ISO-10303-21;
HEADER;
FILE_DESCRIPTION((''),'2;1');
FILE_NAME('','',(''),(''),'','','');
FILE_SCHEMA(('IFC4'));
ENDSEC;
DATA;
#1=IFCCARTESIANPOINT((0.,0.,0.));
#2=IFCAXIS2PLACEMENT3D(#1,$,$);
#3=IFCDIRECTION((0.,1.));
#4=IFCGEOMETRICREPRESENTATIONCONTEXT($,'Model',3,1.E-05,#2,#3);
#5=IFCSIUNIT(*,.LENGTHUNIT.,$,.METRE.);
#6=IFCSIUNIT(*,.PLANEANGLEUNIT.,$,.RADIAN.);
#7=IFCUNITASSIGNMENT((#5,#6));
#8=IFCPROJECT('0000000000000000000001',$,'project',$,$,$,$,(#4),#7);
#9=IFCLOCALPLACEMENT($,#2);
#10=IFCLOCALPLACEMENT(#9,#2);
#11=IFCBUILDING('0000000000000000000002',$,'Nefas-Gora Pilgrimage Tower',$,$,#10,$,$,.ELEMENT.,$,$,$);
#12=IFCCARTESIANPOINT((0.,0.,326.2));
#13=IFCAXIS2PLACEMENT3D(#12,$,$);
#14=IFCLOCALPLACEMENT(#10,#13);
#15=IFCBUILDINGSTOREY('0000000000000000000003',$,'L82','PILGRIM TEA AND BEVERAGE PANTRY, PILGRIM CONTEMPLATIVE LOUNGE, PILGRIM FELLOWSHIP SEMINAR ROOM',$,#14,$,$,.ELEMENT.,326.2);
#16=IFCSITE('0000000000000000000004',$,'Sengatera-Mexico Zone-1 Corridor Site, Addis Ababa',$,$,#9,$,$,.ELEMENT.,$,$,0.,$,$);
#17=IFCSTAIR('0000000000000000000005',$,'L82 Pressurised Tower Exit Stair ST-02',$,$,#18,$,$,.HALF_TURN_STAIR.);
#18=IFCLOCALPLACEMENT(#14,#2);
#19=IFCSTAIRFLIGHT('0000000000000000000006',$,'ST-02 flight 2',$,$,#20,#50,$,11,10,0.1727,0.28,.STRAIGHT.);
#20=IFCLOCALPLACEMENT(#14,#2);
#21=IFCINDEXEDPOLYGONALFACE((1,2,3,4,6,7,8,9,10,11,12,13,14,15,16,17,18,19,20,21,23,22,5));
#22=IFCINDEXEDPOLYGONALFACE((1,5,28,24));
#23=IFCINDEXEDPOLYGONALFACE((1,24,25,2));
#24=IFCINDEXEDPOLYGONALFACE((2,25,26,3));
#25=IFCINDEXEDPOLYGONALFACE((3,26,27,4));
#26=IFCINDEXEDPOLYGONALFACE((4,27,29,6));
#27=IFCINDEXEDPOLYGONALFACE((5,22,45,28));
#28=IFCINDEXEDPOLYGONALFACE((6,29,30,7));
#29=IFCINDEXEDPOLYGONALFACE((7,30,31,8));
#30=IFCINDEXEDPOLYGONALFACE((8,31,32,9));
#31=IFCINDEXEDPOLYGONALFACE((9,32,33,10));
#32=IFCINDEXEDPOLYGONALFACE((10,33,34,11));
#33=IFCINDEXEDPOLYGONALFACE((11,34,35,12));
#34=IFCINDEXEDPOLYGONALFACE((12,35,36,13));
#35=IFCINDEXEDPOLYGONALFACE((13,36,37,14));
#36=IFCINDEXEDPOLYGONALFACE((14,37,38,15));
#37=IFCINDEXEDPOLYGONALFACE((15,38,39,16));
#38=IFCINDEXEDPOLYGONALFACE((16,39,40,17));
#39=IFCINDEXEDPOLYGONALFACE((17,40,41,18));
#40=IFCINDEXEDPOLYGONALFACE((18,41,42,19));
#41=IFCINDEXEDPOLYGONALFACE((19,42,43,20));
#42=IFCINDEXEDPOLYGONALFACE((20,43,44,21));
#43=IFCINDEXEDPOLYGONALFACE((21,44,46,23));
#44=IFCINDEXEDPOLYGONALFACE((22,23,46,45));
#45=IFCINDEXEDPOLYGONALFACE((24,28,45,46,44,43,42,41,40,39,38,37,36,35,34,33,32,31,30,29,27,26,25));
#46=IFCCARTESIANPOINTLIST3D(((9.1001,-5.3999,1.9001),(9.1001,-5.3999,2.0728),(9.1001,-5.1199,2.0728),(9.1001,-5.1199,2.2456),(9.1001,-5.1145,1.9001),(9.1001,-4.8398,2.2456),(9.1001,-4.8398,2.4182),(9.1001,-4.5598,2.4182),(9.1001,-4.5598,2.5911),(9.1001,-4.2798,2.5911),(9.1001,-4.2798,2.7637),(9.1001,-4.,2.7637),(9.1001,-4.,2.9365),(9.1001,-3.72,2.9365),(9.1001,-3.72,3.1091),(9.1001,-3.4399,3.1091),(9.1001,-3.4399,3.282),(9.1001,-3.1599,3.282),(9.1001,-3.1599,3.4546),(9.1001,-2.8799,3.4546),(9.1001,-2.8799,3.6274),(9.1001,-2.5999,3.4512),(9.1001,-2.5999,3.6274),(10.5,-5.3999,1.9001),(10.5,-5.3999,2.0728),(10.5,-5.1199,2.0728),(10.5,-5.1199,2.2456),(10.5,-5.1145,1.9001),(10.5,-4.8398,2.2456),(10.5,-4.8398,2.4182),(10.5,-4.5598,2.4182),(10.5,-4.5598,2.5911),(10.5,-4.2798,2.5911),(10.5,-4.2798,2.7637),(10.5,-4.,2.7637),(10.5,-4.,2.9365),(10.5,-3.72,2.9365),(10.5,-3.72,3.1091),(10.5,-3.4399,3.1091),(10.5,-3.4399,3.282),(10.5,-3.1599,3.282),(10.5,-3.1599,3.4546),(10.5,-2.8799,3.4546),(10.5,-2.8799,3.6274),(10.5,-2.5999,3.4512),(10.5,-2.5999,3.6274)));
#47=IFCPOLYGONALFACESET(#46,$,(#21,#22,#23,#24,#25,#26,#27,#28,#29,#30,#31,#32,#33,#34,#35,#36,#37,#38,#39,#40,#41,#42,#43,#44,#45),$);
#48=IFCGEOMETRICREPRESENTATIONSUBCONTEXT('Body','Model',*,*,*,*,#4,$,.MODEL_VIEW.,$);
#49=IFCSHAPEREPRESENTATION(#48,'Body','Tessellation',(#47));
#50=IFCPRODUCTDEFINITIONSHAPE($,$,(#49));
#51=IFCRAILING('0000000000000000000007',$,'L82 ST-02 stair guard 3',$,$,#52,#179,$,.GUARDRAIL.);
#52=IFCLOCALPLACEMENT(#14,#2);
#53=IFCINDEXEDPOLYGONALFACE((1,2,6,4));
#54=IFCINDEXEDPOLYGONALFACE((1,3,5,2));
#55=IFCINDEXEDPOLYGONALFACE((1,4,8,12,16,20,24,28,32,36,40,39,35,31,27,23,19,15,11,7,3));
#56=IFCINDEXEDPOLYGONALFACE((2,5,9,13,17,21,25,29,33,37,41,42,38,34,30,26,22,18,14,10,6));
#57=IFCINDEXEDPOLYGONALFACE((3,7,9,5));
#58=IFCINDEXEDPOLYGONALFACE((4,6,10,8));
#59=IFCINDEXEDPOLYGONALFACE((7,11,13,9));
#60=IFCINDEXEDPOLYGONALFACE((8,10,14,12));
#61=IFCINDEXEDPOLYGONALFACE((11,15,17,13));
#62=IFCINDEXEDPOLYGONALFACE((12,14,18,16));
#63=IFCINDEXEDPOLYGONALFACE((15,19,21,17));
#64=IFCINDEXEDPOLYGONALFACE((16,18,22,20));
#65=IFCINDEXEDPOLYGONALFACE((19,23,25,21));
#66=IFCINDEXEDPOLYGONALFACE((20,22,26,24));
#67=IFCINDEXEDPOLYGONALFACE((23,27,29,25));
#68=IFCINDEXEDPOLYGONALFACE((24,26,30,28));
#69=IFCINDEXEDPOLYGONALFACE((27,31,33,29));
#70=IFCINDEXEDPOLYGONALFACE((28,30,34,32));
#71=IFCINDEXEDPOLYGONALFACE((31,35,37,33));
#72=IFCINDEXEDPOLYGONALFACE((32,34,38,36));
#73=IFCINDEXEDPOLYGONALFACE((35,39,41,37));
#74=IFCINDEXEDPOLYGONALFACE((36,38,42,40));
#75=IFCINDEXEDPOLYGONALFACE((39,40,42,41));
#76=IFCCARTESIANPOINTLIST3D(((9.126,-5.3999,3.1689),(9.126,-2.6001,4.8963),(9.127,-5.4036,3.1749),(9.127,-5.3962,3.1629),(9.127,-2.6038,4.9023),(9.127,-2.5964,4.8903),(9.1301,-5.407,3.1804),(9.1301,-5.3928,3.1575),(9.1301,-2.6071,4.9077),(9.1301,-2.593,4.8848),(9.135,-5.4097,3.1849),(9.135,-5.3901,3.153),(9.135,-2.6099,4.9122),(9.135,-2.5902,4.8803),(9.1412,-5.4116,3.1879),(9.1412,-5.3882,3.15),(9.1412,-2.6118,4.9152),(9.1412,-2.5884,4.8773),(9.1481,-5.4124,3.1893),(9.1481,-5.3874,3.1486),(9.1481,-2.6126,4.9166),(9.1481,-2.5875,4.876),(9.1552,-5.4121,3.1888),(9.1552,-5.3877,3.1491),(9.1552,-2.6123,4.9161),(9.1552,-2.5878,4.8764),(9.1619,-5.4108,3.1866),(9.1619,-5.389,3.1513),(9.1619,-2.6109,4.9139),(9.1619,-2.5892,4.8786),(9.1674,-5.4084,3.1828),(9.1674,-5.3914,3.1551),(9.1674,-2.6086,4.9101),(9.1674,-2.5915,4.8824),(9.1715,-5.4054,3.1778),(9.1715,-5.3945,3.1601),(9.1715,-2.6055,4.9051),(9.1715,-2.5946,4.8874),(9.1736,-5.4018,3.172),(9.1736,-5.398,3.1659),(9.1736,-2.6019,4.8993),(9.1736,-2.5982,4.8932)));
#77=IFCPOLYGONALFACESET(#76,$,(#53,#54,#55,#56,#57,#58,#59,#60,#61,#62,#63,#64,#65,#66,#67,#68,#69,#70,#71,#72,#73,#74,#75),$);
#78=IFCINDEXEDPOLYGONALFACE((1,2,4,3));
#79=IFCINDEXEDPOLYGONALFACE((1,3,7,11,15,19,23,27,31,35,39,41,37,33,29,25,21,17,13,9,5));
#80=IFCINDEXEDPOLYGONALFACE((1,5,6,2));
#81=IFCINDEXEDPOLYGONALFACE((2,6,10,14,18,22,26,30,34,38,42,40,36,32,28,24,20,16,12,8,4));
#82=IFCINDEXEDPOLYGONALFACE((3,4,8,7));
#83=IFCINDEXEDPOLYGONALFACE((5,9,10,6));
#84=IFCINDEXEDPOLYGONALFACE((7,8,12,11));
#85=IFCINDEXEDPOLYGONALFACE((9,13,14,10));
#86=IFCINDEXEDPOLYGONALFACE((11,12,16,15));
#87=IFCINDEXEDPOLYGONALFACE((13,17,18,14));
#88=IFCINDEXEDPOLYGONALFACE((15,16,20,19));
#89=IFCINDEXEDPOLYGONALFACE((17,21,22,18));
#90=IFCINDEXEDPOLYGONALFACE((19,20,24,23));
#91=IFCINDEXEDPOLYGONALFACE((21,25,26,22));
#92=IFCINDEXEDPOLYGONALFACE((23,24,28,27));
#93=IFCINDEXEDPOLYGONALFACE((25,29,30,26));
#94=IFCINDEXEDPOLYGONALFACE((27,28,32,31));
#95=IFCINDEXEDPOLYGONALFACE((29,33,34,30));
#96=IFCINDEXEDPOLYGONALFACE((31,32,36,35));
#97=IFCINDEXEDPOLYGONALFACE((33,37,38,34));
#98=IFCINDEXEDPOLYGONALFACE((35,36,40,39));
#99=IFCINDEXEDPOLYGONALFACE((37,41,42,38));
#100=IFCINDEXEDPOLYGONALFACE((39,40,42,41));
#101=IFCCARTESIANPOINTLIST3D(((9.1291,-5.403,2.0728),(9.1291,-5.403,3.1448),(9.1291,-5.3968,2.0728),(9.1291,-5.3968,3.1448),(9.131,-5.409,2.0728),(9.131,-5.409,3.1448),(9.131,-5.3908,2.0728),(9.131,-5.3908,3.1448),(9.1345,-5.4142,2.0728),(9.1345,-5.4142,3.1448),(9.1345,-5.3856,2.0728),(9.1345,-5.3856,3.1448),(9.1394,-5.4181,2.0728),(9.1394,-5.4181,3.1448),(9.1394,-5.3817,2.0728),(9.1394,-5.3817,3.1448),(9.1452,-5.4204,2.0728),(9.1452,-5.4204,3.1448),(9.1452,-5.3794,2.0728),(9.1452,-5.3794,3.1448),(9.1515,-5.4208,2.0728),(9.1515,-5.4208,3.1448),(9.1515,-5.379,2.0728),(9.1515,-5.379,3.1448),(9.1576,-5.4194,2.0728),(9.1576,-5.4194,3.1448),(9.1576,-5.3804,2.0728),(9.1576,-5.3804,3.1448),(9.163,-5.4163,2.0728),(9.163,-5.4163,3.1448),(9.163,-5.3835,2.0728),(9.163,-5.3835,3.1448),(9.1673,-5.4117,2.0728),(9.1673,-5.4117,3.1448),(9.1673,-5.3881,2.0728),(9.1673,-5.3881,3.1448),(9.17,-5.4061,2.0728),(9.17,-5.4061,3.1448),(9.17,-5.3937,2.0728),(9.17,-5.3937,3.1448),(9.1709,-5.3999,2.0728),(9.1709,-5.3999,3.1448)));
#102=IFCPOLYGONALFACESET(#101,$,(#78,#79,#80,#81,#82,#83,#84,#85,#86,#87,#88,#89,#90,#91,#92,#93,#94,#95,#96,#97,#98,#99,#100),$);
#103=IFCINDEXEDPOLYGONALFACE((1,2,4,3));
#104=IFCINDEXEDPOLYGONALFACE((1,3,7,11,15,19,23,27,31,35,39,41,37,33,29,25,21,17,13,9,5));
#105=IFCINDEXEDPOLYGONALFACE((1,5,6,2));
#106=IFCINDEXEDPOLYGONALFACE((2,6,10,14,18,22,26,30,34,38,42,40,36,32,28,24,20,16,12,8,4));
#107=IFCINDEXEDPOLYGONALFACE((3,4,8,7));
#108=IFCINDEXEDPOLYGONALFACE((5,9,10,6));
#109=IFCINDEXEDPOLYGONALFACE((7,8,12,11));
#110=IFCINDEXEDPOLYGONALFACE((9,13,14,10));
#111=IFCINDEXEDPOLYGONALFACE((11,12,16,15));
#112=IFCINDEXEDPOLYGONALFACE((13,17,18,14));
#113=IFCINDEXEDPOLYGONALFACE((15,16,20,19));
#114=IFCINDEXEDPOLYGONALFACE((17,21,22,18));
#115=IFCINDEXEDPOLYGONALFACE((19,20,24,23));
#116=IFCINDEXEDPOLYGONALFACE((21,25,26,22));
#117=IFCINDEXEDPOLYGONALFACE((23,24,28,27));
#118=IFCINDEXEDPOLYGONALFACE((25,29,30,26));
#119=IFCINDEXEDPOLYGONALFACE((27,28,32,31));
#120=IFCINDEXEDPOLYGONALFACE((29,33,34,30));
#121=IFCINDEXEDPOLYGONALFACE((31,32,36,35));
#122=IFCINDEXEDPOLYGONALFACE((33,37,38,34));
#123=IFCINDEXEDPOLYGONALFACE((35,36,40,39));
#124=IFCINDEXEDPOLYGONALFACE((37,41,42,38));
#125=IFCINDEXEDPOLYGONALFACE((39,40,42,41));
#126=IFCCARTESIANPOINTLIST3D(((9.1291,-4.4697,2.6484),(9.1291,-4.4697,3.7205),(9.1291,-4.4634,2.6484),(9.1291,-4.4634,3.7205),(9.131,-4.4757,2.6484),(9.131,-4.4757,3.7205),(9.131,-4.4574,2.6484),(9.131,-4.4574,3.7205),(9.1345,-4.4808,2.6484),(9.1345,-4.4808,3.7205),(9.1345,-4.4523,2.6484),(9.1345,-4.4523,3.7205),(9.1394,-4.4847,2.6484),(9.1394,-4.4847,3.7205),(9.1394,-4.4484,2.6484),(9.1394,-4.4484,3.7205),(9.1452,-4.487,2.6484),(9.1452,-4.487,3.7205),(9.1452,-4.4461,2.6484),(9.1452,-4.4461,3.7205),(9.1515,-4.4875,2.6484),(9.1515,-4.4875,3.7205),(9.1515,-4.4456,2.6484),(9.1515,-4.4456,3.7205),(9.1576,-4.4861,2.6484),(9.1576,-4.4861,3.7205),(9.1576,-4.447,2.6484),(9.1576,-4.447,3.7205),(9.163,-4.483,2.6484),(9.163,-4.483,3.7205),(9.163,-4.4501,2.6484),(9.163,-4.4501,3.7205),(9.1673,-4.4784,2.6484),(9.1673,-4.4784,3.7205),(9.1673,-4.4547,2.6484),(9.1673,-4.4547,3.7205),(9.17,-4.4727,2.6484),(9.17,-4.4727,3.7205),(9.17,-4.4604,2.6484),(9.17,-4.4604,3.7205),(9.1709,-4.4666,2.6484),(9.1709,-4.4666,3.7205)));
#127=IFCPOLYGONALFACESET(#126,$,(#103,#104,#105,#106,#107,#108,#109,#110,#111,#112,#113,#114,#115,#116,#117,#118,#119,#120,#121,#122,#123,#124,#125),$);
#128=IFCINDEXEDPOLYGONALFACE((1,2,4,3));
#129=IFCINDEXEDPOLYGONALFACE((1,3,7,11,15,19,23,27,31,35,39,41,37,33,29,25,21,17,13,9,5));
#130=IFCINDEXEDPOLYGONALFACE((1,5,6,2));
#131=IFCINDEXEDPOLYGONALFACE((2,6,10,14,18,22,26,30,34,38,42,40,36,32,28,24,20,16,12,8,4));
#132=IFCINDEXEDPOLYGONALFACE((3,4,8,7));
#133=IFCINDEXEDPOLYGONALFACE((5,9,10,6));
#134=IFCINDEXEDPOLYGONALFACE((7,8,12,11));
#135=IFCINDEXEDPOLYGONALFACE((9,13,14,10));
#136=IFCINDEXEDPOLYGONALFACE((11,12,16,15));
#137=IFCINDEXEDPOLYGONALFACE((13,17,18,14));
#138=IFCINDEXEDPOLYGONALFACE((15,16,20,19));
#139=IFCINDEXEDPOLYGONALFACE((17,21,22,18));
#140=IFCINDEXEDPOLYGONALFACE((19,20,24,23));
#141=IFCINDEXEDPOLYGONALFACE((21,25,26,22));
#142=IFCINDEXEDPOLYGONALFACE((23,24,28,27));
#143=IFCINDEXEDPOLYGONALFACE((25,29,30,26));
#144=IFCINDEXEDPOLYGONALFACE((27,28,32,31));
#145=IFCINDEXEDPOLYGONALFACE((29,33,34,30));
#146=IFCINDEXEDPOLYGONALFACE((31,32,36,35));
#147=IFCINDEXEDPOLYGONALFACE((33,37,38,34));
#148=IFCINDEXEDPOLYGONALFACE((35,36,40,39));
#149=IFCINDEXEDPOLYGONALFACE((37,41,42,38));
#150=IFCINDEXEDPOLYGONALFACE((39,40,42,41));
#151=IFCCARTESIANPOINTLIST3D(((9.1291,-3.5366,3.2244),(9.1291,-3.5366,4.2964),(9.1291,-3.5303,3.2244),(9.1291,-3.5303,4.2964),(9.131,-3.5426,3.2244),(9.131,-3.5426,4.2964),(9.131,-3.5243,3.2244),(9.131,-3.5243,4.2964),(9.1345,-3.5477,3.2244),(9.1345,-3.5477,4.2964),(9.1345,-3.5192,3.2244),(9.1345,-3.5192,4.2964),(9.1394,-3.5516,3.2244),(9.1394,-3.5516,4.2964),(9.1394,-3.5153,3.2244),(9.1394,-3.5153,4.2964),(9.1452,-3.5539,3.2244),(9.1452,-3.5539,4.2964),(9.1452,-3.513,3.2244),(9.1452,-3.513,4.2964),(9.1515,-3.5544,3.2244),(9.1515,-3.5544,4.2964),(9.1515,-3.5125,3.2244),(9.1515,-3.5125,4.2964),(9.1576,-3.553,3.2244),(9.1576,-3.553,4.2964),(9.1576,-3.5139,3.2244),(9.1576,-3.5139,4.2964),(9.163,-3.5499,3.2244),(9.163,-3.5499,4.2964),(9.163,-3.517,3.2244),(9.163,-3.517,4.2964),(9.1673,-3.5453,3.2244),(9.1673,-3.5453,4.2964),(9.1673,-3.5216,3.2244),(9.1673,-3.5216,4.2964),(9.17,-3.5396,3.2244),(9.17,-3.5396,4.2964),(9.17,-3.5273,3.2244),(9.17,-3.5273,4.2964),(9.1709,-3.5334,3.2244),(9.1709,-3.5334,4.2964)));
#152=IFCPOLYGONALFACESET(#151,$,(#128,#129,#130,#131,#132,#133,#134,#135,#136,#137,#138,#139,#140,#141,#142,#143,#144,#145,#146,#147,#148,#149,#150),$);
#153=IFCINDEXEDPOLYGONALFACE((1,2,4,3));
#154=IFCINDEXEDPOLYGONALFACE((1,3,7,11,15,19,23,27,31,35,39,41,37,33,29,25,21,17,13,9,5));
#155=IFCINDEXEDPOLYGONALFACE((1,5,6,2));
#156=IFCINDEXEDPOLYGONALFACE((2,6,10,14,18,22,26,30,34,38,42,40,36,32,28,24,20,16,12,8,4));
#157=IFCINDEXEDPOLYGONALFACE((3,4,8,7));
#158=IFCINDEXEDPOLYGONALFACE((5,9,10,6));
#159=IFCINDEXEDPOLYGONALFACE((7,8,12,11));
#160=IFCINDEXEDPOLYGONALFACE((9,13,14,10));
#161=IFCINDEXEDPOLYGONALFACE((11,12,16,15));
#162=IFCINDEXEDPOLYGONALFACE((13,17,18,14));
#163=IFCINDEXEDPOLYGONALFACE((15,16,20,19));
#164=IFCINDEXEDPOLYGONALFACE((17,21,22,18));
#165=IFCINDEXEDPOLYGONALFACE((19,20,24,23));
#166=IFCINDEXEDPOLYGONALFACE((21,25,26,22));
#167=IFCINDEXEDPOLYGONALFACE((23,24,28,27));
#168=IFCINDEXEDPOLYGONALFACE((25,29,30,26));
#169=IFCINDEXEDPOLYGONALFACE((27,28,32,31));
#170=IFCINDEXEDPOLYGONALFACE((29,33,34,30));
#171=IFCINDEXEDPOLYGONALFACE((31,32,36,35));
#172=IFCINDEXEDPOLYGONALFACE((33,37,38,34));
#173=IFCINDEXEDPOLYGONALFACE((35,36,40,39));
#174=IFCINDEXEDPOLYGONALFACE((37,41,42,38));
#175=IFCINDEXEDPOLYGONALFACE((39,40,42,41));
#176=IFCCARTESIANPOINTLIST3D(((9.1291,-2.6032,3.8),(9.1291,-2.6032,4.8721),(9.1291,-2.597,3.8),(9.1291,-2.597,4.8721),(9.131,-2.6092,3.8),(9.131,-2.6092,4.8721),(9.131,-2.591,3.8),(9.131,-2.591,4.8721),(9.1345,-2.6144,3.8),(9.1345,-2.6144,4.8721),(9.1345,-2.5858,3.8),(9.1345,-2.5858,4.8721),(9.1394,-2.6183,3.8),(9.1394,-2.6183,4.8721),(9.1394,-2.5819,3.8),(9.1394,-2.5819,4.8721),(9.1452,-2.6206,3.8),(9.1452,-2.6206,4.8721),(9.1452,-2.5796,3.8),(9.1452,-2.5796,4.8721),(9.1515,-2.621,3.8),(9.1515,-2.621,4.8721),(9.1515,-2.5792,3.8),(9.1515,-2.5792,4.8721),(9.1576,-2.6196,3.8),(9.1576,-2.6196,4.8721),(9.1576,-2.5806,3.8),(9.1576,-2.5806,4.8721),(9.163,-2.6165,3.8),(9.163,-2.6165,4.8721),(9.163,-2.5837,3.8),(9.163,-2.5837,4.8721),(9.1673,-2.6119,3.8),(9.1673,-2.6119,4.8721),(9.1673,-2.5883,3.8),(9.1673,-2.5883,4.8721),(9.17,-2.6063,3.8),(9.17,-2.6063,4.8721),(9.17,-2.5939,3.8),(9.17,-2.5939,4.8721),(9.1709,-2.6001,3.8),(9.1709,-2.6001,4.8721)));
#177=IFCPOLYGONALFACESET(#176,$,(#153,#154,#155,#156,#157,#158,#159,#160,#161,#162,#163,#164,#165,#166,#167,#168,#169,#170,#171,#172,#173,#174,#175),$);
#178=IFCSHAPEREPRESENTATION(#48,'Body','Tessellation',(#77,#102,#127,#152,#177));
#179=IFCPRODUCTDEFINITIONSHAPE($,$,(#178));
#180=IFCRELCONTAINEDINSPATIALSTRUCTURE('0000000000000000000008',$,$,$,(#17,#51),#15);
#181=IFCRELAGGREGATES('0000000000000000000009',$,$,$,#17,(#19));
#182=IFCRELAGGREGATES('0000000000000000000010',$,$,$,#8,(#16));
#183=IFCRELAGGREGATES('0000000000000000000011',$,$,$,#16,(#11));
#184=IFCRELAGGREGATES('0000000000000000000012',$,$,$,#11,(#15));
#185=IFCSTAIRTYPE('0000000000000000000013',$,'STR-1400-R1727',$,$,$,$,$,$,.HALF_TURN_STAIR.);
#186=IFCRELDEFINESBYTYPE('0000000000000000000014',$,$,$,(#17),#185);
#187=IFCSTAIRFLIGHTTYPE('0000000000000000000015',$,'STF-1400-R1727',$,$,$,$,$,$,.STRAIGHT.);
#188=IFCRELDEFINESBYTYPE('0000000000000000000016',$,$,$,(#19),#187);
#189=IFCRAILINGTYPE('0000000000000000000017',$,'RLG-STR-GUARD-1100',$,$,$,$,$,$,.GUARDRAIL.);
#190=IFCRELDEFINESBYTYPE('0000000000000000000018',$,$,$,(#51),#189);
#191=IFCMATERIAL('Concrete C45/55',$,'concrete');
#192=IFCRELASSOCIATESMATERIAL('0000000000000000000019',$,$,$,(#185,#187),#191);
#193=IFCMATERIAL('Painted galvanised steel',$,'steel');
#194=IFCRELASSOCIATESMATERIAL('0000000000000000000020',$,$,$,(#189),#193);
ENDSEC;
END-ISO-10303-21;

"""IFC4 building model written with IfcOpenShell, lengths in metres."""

from ifc_helpers import new_model, si_unit, direction, frame, origin, origin_2d, place, context, subcontext, project, spatial, polyline, circle, outline, extrude, source, transform, mapped, material, type_object, element, aggregate, save


model = new_model("IFC4")

# Units and contexts
model_context = context("Model", 3, precision=1e-05, world=origin(), true_north=direction((0.0, 1.0)))
body_context = subcontext(model_context, "Body", "Model", "MODEL_VIEW")
ifc_project = project(units=[si_unit("LENGTHUNIT", "METRE"), si_unit("PLANEANGLEUNIT", "RADIAN")], contexts=[model_context])

# Site, building, storey
site_placement = place(None, origin())
site = spatial("IfcSite", under=ifc_project, at=site_placement, Name="Sengatera-Mexico Zone-1 Corridor Site, Addis Ababa", CompositionType="ELEMENT", RefElevation=0.0)
building_placement = place(site_placement, origin())
building = spatial("IfcBuilding", under=site, at=building_placement, Name="Nefas-Gora Pilgrimage Tower", CompositionType="ELEMENT")
storey_placement = place(building_placement, frame((0.0, 0.0, 326.2)))
storey = spatial("IfcBuildingStorey", under=building, at=storey_placement, Name="L82", Description="PILGRIM TEA AND BEVERAGE PANTRY, PILGRIM CONTEMPLATIVE LOUNGE, PILGRIM FELLOWSHIP SEMINAR ROOM", CompositionType="ELEMENT", Elevation=326.2)

# Shared definitions
ifc_material_1 = material(Name="Concrete C45/55", Category="concrete")

# Stair, stair flight
stair_type = type_object("IfcStairType", Name="STR-1400-R1727", PredefinedType="HALF_TURN_STAIR", material=ifc_material_1)
stair_placement = place(storey_placement, origin())
stair = element("IfcStair", 1, at=stair_placement, inside=storey, type_object=stair_type, Name="L82 Pressurised Tower Exit Stair ST-02", PredefinedType="HALF_TURN_STAIR")
stair_flight_type = type_object("IfcStairFlightType", Name="STF-1400-R1727", PredefinedType="STRAIGHT", material=ifc_material_1)
shared_shape_1 = source(origin(), body_context, "Body", "SweptSolid", [
    extrude(outline(polyline([(0.0, 0.0), (0.0, 0.1726), (0.28, 0.1726), (0.28, 0.3455), (0.5601, 0.3455), (0.5601, 0.5181), (0.8401, 0.5181), (0.8401, 0.6909), (1.1201, 0.6909), (1.1201, 0.8635), (1.3999, 0.8635), (1.3999, 1.0364), (1.6799, 1.0364), (1.6799, 1.209), (1.96, 1.209), (1.96, 1.3818), (2.24, 1.3818), (2.24, 1.5544), (2.52, 1.5544), (2.52, 1.7273), (2.8, 1.7273), (2.8, 1.8999), (2.8, 1.551), (0.2854, 0.0), (0.0, 0.0)])), frame((0.0, 0.7, 0.0), z_axis=(0.0, -1.0, 0.0), x_axis=(1.0, 0.0, 0.0)), (0.0, 0.0, 1.0), 1.3999),
])
stair_flight_placement = place(storey_placement, frame((9.8, -5.3999, 1.9001), z_axis=(0.0, 0.0, 1.0), x_axis=(0.0, 1.0, 0.0)))
stair_flight = element("IfcStairFlight", 2, at=stair_flight_placement, type_object=stair_flight_type, Name="ST-02 flight 2", NumberOfRisers=11, NumberOfTreads=10, PredefinedType="STRAIGHT", RiserHeight=0.1727, TreadLength=0.28, context=body_context, shape_type="MappedRepresentation", body=[
    mapped(shared_shape_1, transform((0.0, 0.0, 0.0), x_axis=(1.0, 0.0, 0.0), y_axis=(0.0, 1.0, 0.0), z_axis=(0.0, 0.0, 1.0), scale=1.0)),
])
aggregate(stair, [stair_flight])

# Railing
ifc_material_2 = material(Name="Painted galvanised steel", Category="steel")
railing_type_1 = type_object("IfcRailingType", Name="RLG-STR-GUARD-1100", PredefinedType="GUARDRAIL", material=ifc_material_2)
railing_1_placement = place(storey_placement, frame((9.1499, -5.3999, 2.0728)))
element("IfcRailing", 3, at=railing_1_placement, inside=storey, type_object=railing_type_1, Name="L82 ST-02 stair guard 3", PredefinedType="GUARDRAIL", context=body_context, shape_type="SweptSolid", body=[
    extrude(circle(Radius=0.0239, at=origin_2d()), frame((0.0, 0.0, 1.0962), z_axis=(0.0, 0.851069, 0.525054), x_axis=(-1.0, 0.0, 0.0)), (0.0, 0.0, 1.0), 3.2898),
    extrude(circle(Radius=0.021, at=origin_2d()), origin(), (0.0, 0.0, 1.0), 1.072),
    extrude(circle(Radius=0.021, at=origin_2d()), frame((0.0, 0.9333, 0.5757)), (0.0, 0.0, 1.0), 1.072),
    extrude(circle(Radius=0.021, at=origin_2d()), frame((0.0, 1.8665, 1.1516)), (0.0, 0.0, 1.0), 1.072),
    extrude(circle(Radius=0.021, at=origin_2d()), frame((0.0, 2.7998, 1.7273)), (0.0, 0.0, 1.0), 1.072),
])

save(model, "model.ifc")
